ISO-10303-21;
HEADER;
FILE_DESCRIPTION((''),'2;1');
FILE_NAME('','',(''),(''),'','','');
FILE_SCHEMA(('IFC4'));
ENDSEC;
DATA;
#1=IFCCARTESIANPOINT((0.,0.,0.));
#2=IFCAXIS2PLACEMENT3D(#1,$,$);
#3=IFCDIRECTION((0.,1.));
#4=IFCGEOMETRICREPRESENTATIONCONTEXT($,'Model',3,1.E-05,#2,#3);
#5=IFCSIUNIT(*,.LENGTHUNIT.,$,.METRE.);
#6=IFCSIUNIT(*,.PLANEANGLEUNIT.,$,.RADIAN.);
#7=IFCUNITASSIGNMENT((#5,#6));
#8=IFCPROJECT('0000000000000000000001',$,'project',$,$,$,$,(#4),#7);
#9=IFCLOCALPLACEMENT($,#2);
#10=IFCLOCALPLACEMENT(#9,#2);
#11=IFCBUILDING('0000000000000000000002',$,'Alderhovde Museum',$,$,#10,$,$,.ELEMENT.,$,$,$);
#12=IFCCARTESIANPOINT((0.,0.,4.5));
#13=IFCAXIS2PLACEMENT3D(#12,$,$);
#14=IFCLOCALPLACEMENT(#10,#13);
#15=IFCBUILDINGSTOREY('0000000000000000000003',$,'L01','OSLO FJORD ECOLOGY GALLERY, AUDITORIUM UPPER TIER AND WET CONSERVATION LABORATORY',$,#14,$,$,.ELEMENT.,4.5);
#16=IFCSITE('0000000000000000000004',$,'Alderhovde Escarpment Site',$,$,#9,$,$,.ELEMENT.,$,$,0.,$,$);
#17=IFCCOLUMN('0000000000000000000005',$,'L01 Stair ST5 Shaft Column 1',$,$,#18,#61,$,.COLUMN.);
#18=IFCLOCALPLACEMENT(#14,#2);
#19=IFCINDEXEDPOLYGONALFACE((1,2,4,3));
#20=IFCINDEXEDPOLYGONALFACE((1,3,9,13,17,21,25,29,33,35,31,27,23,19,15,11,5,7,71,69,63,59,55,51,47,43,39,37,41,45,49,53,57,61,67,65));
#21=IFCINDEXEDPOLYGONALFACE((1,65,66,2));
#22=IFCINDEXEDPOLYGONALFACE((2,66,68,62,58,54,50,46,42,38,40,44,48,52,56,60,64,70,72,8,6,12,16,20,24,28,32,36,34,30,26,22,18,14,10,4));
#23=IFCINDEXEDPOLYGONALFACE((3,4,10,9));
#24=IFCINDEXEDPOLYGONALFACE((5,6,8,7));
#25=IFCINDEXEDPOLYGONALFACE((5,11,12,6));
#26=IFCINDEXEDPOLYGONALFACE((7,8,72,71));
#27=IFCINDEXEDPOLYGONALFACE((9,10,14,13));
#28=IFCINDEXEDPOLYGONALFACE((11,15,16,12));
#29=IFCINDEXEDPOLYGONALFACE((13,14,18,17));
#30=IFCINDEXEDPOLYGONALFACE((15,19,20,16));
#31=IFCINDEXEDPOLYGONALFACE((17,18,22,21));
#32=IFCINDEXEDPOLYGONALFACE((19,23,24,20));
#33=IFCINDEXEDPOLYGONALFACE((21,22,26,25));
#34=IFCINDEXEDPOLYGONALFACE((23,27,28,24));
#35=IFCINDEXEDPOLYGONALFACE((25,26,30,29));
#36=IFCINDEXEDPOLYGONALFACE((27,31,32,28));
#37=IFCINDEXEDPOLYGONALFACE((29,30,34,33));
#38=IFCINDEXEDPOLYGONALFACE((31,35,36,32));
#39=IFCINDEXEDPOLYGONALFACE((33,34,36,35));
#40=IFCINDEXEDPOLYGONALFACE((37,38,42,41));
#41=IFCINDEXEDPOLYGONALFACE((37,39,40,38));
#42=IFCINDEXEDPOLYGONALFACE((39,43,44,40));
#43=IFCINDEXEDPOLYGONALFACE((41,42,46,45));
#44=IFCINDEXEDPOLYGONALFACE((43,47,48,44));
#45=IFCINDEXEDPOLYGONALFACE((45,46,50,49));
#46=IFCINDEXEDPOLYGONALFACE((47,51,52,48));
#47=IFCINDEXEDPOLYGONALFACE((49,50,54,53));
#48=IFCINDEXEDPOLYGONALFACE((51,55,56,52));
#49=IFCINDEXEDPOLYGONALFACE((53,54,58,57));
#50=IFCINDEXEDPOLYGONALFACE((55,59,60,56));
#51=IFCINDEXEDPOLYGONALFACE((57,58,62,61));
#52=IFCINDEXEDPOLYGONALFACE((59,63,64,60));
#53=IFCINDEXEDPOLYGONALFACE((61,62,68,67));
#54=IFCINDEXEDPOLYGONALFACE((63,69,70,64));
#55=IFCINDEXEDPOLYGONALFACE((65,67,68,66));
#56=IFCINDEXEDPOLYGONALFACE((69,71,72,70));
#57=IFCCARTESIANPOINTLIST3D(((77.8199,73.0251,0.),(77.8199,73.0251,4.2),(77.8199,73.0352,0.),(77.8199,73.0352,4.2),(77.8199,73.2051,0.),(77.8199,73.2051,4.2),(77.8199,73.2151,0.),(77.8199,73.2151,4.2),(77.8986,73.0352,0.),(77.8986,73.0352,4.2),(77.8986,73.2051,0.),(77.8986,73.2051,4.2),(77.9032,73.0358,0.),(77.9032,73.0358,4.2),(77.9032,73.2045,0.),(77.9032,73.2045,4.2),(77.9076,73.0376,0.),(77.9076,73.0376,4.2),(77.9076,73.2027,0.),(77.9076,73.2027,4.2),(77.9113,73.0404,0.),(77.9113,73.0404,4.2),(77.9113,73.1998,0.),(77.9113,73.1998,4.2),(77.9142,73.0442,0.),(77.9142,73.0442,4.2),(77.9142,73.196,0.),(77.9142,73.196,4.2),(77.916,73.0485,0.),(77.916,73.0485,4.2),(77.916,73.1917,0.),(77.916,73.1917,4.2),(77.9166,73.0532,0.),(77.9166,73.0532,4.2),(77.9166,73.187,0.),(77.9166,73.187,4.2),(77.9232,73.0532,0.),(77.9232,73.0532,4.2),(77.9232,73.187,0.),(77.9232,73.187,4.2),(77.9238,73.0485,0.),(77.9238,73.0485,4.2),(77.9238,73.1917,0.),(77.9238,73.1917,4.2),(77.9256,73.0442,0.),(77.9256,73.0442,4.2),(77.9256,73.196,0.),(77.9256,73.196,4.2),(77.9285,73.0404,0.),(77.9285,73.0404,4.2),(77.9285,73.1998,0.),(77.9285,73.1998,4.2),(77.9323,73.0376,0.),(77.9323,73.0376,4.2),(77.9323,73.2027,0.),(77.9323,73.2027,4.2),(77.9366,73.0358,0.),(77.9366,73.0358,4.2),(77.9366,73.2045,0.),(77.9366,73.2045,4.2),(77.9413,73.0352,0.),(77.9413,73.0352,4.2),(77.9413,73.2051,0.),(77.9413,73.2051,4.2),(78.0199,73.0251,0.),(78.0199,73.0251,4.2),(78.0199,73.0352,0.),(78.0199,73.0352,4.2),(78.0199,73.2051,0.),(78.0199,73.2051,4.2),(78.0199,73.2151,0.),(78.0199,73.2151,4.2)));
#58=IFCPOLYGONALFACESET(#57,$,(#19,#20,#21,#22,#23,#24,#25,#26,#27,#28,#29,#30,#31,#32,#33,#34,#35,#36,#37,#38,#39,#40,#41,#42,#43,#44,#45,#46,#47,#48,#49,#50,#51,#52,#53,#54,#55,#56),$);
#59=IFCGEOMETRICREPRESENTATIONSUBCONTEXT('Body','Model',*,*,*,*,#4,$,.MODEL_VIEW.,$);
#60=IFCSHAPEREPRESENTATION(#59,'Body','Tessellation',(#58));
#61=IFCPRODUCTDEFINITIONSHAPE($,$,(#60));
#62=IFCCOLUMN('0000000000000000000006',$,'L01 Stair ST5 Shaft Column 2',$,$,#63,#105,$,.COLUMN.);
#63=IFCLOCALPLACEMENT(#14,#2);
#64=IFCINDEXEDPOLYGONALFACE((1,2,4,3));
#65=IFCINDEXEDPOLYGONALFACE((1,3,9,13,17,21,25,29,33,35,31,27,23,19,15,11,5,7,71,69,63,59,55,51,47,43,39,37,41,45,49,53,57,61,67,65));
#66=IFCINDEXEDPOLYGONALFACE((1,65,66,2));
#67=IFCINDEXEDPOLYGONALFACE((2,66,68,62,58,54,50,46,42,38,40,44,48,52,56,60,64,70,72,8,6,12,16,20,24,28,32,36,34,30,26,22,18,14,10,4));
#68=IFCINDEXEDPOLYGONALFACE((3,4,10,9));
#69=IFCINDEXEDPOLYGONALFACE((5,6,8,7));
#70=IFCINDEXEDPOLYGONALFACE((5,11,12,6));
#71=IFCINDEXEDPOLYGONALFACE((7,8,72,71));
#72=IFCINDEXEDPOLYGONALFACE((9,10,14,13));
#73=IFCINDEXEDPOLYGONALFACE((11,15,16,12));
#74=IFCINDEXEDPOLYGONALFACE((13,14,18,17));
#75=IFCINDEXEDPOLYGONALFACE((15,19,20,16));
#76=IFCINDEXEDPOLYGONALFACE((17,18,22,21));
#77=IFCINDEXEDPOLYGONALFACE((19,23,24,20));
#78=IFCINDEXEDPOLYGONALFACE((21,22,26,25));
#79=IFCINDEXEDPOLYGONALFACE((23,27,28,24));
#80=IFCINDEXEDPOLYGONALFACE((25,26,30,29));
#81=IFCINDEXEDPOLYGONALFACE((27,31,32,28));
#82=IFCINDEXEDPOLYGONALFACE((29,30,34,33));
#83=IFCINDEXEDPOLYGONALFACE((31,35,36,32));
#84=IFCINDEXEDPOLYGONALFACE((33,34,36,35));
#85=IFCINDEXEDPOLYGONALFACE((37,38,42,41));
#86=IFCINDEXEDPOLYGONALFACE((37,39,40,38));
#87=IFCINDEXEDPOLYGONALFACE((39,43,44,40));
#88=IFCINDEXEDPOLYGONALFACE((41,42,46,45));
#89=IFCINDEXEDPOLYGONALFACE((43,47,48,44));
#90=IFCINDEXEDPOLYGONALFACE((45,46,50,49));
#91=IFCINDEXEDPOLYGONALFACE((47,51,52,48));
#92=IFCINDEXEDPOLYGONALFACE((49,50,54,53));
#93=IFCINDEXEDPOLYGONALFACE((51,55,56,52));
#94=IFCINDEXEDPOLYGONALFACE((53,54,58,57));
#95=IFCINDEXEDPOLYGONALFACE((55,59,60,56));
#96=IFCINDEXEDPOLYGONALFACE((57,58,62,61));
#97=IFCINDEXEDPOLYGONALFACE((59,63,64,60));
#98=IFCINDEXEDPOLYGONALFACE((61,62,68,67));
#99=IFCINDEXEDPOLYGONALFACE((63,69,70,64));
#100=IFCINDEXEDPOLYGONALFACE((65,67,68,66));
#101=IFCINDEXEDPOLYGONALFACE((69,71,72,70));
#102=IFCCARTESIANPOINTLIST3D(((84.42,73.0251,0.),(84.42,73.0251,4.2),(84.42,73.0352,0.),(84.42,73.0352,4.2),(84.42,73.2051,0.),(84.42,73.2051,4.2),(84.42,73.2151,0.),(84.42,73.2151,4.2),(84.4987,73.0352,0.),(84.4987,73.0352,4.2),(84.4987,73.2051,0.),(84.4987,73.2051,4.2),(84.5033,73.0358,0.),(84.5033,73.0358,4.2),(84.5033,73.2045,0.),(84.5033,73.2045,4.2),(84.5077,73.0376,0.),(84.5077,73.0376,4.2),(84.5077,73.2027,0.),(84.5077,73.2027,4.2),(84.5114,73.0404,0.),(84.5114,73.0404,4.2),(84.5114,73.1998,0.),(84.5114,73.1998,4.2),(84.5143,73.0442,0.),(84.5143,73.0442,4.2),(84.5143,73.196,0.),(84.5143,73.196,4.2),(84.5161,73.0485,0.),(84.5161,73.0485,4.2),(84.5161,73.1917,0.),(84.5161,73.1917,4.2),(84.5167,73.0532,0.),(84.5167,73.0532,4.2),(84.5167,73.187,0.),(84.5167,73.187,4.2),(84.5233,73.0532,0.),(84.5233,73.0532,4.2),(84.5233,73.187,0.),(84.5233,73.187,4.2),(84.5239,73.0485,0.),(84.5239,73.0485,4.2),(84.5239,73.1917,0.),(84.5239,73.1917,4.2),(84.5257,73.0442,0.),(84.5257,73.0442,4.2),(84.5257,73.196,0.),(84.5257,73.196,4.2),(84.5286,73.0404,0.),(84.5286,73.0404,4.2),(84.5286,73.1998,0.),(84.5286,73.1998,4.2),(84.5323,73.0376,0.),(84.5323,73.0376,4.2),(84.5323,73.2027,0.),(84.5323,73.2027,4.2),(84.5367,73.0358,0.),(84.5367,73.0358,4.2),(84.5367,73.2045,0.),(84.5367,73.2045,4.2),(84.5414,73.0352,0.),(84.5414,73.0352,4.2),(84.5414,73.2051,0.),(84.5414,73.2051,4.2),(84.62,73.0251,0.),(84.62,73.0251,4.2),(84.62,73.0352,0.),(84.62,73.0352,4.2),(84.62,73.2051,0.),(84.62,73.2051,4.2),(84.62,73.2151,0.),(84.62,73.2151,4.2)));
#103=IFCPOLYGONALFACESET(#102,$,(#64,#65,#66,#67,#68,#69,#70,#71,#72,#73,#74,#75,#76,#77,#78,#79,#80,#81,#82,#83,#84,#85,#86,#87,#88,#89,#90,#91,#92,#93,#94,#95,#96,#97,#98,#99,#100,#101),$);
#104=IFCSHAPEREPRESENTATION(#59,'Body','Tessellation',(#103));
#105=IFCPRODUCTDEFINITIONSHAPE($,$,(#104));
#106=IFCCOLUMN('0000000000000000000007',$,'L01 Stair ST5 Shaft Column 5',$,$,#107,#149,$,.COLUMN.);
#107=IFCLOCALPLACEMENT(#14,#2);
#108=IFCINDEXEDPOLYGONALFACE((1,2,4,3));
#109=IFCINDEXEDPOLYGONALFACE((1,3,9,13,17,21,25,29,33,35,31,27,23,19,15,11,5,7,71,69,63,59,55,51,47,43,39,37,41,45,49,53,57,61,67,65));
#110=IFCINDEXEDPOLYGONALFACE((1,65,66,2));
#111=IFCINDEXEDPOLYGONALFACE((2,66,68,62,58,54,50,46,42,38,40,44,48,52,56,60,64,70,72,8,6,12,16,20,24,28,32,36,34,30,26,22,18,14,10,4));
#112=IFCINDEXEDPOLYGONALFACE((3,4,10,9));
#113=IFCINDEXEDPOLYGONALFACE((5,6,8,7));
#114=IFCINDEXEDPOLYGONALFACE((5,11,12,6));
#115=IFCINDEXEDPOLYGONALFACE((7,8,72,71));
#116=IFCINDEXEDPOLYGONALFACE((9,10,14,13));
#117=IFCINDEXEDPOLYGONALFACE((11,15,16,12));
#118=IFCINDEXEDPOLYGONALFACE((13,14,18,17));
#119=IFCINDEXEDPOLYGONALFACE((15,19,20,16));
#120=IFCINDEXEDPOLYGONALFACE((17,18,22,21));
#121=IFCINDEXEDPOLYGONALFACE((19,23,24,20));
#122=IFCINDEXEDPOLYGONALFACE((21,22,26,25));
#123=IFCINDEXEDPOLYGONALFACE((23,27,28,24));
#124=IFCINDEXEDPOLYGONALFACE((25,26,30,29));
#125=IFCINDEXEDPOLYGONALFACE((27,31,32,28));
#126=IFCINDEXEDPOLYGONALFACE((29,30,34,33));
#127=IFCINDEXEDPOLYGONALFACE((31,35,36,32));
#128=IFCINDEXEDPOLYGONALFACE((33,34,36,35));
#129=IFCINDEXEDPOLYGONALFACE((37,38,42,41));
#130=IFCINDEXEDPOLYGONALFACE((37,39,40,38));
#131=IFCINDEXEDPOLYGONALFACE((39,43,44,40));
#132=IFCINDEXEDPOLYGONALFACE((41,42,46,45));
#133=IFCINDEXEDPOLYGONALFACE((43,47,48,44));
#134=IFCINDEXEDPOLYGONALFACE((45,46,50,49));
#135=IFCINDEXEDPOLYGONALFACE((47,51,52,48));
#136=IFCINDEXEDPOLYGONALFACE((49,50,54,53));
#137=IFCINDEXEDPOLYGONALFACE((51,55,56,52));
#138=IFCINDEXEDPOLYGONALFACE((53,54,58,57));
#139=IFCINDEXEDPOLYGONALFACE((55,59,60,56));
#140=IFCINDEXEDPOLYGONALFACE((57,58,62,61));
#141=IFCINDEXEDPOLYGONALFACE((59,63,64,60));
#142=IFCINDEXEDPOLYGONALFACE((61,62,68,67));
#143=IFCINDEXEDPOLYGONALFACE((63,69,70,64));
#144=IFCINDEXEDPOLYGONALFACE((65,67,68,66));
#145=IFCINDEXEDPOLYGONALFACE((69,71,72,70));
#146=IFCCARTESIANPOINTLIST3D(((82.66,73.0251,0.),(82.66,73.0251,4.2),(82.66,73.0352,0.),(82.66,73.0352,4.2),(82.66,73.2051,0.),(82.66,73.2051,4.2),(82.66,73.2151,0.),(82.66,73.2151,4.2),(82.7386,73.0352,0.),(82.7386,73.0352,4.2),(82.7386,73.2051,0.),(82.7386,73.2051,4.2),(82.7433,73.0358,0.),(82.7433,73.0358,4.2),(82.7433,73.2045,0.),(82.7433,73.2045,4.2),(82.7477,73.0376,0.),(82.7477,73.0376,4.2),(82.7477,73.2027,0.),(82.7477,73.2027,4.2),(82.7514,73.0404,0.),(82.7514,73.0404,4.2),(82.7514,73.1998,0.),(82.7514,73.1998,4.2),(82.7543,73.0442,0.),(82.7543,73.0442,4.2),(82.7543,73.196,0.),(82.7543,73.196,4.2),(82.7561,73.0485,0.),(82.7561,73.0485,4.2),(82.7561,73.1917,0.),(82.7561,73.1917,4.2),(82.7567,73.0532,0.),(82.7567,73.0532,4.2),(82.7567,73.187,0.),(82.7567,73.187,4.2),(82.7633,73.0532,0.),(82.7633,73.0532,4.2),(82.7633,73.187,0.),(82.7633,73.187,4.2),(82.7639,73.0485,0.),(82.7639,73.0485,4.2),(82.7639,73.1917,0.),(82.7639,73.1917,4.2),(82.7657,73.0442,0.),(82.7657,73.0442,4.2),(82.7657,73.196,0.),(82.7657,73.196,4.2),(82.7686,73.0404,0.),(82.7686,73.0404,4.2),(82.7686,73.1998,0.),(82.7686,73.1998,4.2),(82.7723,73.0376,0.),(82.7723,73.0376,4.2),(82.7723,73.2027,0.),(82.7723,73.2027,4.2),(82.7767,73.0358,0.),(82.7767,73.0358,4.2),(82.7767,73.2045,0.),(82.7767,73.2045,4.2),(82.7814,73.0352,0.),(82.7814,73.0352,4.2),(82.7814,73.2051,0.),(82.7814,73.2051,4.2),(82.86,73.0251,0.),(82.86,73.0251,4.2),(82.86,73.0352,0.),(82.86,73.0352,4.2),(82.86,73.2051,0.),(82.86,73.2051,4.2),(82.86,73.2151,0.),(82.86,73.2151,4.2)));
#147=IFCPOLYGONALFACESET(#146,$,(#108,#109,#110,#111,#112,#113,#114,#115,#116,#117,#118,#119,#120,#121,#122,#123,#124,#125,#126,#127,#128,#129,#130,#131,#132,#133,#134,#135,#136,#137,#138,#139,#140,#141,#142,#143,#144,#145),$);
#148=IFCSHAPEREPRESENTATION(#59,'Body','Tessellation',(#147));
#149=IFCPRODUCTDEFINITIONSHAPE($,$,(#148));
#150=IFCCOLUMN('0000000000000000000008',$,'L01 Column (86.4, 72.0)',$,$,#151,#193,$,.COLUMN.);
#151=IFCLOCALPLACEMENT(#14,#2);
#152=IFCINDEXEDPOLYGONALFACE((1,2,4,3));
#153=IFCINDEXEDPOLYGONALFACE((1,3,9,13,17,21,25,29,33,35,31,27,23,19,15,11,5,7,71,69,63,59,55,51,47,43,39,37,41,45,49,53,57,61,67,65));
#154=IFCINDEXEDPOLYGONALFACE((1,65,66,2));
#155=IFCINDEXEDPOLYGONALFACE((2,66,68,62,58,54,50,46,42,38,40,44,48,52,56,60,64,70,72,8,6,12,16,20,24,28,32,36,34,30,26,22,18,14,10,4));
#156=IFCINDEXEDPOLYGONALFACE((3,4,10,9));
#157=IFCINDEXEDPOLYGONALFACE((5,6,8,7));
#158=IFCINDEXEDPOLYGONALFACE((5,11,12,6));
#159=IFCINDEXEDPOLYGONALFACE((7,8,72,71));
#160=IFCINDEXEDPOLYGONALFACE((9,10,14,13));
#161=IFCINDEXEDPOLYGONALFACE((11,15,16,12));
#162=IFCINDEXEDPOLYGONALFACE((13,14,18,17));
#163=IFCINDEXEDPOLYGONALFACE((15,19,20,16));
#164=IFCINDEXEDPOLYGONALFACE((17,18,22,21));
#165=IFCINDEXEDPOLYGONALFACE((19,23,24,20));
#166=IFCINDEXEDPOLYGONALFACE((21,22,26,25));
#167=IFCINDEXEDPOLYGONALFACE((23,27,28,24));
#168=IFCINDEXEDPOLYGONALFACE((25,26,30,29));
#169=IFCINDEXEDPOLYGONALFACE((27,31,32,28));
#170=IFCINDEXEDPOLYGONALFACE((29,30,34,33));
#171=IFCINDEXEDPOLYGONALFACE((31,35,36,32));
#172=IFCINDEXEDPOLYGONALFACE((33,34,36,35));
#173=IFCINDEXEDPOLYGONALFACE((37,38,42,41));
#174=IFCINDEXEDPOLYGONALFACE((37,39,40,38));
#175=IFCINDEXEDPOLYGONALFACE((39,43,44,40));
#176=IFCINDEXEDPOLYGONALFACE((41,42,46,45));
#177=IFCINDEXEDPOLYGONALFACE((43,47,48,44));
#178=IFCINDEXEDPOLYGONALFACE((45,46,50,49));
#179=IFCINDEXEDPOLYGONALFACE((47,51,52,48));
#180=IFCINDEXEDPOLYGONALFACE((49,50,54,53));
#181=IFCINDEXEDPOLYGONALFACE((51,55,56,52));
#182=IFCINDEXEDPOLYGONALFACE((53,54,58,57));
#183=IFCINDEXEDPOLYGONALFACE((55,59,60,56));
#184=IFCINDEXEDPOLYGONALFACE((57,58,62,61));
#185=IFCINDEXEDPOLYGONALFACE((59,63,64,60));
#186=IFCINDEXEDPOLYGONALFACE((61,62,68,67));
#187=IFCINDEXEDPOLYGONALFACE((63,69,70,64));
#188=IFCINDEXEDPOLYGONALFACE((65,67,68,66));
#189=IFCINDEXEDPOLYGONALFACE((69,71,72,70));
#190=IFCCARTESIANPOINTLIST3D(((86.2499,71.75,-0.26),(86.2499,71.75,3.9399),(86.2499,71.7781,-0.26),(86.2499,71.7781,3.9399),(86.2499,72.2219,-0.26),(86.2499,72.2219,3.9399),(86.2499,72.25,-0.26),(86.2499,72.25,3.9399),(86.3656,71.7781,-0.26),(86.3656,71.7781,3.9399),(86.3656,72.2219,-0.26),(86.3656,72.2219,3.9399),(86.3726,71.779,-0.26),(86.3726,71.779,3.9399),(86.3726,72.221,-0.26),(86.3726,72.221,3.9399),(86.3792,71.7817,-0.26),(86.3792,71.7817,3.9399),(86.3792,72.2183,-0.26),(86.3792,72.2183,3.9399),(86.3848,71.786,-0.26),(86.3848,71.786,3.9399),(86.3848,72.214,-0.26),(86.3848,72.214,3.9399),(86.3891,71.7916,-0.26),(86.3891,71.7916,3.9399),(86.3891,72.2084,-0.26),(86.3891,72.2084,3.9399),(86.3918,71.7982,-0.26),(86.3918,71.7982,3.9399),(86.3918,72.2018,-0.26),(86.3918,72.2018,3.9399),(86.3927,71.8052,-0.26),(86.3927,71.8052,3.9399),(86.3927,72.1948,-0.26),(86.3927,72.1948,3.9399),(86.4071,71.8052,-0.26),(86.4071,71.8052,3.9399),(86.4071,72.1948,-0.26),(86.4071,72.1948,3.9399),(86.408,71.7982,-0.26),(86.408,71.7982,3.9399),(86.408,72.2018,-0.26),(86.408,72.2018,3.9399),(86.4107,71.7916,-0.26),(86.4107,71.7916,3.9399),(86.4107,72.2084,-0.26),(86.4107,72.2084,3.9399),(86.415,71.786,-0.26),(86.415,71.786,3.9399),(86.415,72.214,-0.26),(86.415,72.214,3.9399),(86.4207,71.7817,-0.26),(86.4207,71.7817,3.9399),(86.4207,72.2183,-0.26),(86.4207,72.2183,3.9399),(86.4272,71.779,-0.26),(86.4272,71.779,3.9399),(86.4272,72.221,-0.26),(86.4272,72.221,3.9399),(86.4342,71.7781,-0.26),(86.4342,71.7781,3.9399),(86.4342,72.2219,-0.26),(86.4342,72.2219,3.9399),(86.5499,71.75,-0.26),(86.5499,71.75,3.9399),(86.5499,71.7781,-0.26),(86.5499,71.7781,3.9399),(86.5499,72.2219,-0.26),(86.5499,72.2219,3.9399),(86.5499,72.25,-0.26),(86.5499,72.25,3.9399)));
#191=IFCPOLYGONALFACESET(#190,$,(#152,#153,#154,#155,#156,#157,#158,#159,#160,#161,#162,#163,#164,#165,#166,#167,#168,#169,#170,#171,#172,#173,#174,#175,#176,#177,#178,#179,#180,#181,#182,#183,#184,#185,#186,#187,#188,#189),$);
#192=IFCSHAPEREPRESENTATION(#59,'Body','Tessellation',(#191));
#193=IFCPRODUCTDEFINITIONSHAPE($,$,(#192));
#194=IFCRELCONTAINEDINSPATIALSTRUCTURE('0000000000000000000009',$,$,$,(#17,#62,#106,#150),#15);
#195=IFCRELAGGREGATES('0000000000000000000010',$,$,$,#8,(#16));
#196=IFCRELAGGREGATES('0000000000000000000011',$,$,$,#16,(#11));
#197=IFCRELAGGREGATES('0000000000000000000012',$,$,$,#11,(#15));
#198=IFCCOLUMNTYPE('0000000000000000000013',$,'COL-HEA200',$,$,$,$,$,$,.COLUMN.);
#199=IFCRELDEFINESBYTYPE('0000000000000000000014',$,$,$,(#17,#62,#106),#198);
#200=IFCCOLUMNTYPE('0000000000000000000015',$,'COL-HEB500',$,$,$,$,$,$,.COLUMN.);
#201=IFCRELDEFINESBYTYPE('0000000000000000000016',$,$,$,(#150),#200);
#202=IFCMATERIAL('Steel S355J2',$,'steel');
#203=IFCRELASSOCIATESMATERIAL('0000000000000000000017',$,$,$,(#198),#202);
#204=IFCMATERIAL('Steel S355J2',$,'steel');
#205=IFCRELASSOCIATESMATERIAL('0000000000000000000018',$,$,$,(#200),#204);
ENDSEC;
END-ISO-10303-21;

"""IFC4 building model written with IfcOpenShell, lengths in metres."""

from ifc_helpers import new_model, si_unit, direction, frame, origin, origin_2d, place, context, subcontext, project, spatial, i_section, extrude, material, material_profile, profile_set, type_object, element, save


model = new_model("IFC4")

# Units and contexts
model_context = context("Model", 3, precision=1e-05, world=origin(), true_north=direction((0.0, 1.0)))
body_context = subcontext(model_context, "Body", "Model", "MODEL_VIEW")
ifc_project = project(units=[si_unit("LENGTHUNIT", "METRE"), si_unit("PLANEANGLEUNIT", "RADIAN")], contexts=[model_context])

# Site, building, storey
site_placement = place(None, origin())
site = spatial("IfcSite", under=ifc_project, at=site_placement, Name="Alderhovde Escarpment Site", CompositionType="ELEMENT", RefElevation=0.0)
building_placement = place(site_placement, origin())
building = spatial("IfcBuilding", under=site, at=building_placement, Name="Alderhovde Museum", CompositionType="ELEMENT")
storey_placement = place(building_placement, frame((0.0, 0.0, 4.5)))
storey = spatial("IfcBuildingStorey", under=building, at=storey_placement, Name="L01", Description="OSLO FJORD ECOLOGY GALLERY, AUDITORIUM UPPER TIER AND WET CONSERVATION LABORATORY", CompositionType="ELEMENT", Elevation=4.5)

# Columns
ifc_material_1 = material(Name="Steel S355J2", Category="steel")
ifc_material_profile_1 = material_profile(ifc_material_1, i_section(OverallWidth=0.2, OverallDepth=0.1899, WebThickness=0.0066, FlangeThickness=0.01, FilletRadius=0.0181, at=origin_2d()), Name="HEA 200")
ifc_profile_set_1 = profile_set([ifc_material_profile_1], Name="Steel S355J2")
column_type_1 = type_object("IfcColumnType", Name="COL-HEA200", PredefinedType="COLUMN", material=ifc_profile_set_1)
for number, where, z_axis, x_axis, name in (
    (1, (77.9199, 73.1201, 0.0), (0.0, 0.0, 1.0), (1.0, 0.0, 0.0), "L01 Stair ST5 Shaft Column 1"),
    (2, (84.52, 73.1201, 0.0), (0.0, 0.0, 1.0), (1.0, 0.0, 0.0), "L01 Stair ST5 Shaft Column 2"),
    (3, (82.76, 73.1201, 0.0), (0.0, 0.0, 1.0), (1.0, 0.0, 0.0), "L01 Stair ST5 Shaft Column 5"),
):
    element("IfcColumn", number, at=place(storey_placement, frame(where, z_axis=z_axis, x_axis=x_axis)), inside=storey, type_object=column_type_1, Name=name, PredefinedType="COLUMN", context=body_context, shape_type="SweptSolid", body=[
        extrude(i_section(OverallWidth=0.2, OverallDepth=0.1899, WebThickness=0.0066, FlangeThickness=0.01, FilletRadius=0.0181, at=origin_2d()), origin(), (0.0, 0.0, 1.0), 4.2),
    ])
ifc_material_2 = material(Name="Steel S355J2", Category="steel")
ifc_material_profile_2 = material_profile(ifc_material_2, i_section(OverallWidth=0.3, OverallDepth=0.5, WebThickness=0.0144, FlangeThickness=0.0281, FilletRadius=0.0271, at=origin_2d()), Name="HEB 500")
ifc_profile_set_2 = profile_set([ifc_material_profile_2], Name="Steel S355J2")
column_type_2 = type_object("IfcColumnType", Name="COL-HEB500", PredefinedType="COLUMN", material=ifc_profile_set_2)
column_placement = place(storey_placement, frame((86.3999, 72.0, -0.26), z_axis=(0.0, 0.0, 1.0), x_axis=(1.0, 0.0, 0.0)))
element("IfcColumn", 4, at=column_placement, inside=storey, type_object=column_type_2, Name="L01 Column (86.4, 72.0)", PredefinedType="COLUMN", context=body_context, shape_type="SweptSolid", body=[
    extrude(i_section(OverallWidth=0.3, OverallDepth=0.5, WebThickness=0.0144, FlangeThickness=0.0281, FilletRadius=0.0271, at=origin_2d()), origin(), (0.0, 0.0, 1.0), 4.2),
])

save(model, "model.ifc")
